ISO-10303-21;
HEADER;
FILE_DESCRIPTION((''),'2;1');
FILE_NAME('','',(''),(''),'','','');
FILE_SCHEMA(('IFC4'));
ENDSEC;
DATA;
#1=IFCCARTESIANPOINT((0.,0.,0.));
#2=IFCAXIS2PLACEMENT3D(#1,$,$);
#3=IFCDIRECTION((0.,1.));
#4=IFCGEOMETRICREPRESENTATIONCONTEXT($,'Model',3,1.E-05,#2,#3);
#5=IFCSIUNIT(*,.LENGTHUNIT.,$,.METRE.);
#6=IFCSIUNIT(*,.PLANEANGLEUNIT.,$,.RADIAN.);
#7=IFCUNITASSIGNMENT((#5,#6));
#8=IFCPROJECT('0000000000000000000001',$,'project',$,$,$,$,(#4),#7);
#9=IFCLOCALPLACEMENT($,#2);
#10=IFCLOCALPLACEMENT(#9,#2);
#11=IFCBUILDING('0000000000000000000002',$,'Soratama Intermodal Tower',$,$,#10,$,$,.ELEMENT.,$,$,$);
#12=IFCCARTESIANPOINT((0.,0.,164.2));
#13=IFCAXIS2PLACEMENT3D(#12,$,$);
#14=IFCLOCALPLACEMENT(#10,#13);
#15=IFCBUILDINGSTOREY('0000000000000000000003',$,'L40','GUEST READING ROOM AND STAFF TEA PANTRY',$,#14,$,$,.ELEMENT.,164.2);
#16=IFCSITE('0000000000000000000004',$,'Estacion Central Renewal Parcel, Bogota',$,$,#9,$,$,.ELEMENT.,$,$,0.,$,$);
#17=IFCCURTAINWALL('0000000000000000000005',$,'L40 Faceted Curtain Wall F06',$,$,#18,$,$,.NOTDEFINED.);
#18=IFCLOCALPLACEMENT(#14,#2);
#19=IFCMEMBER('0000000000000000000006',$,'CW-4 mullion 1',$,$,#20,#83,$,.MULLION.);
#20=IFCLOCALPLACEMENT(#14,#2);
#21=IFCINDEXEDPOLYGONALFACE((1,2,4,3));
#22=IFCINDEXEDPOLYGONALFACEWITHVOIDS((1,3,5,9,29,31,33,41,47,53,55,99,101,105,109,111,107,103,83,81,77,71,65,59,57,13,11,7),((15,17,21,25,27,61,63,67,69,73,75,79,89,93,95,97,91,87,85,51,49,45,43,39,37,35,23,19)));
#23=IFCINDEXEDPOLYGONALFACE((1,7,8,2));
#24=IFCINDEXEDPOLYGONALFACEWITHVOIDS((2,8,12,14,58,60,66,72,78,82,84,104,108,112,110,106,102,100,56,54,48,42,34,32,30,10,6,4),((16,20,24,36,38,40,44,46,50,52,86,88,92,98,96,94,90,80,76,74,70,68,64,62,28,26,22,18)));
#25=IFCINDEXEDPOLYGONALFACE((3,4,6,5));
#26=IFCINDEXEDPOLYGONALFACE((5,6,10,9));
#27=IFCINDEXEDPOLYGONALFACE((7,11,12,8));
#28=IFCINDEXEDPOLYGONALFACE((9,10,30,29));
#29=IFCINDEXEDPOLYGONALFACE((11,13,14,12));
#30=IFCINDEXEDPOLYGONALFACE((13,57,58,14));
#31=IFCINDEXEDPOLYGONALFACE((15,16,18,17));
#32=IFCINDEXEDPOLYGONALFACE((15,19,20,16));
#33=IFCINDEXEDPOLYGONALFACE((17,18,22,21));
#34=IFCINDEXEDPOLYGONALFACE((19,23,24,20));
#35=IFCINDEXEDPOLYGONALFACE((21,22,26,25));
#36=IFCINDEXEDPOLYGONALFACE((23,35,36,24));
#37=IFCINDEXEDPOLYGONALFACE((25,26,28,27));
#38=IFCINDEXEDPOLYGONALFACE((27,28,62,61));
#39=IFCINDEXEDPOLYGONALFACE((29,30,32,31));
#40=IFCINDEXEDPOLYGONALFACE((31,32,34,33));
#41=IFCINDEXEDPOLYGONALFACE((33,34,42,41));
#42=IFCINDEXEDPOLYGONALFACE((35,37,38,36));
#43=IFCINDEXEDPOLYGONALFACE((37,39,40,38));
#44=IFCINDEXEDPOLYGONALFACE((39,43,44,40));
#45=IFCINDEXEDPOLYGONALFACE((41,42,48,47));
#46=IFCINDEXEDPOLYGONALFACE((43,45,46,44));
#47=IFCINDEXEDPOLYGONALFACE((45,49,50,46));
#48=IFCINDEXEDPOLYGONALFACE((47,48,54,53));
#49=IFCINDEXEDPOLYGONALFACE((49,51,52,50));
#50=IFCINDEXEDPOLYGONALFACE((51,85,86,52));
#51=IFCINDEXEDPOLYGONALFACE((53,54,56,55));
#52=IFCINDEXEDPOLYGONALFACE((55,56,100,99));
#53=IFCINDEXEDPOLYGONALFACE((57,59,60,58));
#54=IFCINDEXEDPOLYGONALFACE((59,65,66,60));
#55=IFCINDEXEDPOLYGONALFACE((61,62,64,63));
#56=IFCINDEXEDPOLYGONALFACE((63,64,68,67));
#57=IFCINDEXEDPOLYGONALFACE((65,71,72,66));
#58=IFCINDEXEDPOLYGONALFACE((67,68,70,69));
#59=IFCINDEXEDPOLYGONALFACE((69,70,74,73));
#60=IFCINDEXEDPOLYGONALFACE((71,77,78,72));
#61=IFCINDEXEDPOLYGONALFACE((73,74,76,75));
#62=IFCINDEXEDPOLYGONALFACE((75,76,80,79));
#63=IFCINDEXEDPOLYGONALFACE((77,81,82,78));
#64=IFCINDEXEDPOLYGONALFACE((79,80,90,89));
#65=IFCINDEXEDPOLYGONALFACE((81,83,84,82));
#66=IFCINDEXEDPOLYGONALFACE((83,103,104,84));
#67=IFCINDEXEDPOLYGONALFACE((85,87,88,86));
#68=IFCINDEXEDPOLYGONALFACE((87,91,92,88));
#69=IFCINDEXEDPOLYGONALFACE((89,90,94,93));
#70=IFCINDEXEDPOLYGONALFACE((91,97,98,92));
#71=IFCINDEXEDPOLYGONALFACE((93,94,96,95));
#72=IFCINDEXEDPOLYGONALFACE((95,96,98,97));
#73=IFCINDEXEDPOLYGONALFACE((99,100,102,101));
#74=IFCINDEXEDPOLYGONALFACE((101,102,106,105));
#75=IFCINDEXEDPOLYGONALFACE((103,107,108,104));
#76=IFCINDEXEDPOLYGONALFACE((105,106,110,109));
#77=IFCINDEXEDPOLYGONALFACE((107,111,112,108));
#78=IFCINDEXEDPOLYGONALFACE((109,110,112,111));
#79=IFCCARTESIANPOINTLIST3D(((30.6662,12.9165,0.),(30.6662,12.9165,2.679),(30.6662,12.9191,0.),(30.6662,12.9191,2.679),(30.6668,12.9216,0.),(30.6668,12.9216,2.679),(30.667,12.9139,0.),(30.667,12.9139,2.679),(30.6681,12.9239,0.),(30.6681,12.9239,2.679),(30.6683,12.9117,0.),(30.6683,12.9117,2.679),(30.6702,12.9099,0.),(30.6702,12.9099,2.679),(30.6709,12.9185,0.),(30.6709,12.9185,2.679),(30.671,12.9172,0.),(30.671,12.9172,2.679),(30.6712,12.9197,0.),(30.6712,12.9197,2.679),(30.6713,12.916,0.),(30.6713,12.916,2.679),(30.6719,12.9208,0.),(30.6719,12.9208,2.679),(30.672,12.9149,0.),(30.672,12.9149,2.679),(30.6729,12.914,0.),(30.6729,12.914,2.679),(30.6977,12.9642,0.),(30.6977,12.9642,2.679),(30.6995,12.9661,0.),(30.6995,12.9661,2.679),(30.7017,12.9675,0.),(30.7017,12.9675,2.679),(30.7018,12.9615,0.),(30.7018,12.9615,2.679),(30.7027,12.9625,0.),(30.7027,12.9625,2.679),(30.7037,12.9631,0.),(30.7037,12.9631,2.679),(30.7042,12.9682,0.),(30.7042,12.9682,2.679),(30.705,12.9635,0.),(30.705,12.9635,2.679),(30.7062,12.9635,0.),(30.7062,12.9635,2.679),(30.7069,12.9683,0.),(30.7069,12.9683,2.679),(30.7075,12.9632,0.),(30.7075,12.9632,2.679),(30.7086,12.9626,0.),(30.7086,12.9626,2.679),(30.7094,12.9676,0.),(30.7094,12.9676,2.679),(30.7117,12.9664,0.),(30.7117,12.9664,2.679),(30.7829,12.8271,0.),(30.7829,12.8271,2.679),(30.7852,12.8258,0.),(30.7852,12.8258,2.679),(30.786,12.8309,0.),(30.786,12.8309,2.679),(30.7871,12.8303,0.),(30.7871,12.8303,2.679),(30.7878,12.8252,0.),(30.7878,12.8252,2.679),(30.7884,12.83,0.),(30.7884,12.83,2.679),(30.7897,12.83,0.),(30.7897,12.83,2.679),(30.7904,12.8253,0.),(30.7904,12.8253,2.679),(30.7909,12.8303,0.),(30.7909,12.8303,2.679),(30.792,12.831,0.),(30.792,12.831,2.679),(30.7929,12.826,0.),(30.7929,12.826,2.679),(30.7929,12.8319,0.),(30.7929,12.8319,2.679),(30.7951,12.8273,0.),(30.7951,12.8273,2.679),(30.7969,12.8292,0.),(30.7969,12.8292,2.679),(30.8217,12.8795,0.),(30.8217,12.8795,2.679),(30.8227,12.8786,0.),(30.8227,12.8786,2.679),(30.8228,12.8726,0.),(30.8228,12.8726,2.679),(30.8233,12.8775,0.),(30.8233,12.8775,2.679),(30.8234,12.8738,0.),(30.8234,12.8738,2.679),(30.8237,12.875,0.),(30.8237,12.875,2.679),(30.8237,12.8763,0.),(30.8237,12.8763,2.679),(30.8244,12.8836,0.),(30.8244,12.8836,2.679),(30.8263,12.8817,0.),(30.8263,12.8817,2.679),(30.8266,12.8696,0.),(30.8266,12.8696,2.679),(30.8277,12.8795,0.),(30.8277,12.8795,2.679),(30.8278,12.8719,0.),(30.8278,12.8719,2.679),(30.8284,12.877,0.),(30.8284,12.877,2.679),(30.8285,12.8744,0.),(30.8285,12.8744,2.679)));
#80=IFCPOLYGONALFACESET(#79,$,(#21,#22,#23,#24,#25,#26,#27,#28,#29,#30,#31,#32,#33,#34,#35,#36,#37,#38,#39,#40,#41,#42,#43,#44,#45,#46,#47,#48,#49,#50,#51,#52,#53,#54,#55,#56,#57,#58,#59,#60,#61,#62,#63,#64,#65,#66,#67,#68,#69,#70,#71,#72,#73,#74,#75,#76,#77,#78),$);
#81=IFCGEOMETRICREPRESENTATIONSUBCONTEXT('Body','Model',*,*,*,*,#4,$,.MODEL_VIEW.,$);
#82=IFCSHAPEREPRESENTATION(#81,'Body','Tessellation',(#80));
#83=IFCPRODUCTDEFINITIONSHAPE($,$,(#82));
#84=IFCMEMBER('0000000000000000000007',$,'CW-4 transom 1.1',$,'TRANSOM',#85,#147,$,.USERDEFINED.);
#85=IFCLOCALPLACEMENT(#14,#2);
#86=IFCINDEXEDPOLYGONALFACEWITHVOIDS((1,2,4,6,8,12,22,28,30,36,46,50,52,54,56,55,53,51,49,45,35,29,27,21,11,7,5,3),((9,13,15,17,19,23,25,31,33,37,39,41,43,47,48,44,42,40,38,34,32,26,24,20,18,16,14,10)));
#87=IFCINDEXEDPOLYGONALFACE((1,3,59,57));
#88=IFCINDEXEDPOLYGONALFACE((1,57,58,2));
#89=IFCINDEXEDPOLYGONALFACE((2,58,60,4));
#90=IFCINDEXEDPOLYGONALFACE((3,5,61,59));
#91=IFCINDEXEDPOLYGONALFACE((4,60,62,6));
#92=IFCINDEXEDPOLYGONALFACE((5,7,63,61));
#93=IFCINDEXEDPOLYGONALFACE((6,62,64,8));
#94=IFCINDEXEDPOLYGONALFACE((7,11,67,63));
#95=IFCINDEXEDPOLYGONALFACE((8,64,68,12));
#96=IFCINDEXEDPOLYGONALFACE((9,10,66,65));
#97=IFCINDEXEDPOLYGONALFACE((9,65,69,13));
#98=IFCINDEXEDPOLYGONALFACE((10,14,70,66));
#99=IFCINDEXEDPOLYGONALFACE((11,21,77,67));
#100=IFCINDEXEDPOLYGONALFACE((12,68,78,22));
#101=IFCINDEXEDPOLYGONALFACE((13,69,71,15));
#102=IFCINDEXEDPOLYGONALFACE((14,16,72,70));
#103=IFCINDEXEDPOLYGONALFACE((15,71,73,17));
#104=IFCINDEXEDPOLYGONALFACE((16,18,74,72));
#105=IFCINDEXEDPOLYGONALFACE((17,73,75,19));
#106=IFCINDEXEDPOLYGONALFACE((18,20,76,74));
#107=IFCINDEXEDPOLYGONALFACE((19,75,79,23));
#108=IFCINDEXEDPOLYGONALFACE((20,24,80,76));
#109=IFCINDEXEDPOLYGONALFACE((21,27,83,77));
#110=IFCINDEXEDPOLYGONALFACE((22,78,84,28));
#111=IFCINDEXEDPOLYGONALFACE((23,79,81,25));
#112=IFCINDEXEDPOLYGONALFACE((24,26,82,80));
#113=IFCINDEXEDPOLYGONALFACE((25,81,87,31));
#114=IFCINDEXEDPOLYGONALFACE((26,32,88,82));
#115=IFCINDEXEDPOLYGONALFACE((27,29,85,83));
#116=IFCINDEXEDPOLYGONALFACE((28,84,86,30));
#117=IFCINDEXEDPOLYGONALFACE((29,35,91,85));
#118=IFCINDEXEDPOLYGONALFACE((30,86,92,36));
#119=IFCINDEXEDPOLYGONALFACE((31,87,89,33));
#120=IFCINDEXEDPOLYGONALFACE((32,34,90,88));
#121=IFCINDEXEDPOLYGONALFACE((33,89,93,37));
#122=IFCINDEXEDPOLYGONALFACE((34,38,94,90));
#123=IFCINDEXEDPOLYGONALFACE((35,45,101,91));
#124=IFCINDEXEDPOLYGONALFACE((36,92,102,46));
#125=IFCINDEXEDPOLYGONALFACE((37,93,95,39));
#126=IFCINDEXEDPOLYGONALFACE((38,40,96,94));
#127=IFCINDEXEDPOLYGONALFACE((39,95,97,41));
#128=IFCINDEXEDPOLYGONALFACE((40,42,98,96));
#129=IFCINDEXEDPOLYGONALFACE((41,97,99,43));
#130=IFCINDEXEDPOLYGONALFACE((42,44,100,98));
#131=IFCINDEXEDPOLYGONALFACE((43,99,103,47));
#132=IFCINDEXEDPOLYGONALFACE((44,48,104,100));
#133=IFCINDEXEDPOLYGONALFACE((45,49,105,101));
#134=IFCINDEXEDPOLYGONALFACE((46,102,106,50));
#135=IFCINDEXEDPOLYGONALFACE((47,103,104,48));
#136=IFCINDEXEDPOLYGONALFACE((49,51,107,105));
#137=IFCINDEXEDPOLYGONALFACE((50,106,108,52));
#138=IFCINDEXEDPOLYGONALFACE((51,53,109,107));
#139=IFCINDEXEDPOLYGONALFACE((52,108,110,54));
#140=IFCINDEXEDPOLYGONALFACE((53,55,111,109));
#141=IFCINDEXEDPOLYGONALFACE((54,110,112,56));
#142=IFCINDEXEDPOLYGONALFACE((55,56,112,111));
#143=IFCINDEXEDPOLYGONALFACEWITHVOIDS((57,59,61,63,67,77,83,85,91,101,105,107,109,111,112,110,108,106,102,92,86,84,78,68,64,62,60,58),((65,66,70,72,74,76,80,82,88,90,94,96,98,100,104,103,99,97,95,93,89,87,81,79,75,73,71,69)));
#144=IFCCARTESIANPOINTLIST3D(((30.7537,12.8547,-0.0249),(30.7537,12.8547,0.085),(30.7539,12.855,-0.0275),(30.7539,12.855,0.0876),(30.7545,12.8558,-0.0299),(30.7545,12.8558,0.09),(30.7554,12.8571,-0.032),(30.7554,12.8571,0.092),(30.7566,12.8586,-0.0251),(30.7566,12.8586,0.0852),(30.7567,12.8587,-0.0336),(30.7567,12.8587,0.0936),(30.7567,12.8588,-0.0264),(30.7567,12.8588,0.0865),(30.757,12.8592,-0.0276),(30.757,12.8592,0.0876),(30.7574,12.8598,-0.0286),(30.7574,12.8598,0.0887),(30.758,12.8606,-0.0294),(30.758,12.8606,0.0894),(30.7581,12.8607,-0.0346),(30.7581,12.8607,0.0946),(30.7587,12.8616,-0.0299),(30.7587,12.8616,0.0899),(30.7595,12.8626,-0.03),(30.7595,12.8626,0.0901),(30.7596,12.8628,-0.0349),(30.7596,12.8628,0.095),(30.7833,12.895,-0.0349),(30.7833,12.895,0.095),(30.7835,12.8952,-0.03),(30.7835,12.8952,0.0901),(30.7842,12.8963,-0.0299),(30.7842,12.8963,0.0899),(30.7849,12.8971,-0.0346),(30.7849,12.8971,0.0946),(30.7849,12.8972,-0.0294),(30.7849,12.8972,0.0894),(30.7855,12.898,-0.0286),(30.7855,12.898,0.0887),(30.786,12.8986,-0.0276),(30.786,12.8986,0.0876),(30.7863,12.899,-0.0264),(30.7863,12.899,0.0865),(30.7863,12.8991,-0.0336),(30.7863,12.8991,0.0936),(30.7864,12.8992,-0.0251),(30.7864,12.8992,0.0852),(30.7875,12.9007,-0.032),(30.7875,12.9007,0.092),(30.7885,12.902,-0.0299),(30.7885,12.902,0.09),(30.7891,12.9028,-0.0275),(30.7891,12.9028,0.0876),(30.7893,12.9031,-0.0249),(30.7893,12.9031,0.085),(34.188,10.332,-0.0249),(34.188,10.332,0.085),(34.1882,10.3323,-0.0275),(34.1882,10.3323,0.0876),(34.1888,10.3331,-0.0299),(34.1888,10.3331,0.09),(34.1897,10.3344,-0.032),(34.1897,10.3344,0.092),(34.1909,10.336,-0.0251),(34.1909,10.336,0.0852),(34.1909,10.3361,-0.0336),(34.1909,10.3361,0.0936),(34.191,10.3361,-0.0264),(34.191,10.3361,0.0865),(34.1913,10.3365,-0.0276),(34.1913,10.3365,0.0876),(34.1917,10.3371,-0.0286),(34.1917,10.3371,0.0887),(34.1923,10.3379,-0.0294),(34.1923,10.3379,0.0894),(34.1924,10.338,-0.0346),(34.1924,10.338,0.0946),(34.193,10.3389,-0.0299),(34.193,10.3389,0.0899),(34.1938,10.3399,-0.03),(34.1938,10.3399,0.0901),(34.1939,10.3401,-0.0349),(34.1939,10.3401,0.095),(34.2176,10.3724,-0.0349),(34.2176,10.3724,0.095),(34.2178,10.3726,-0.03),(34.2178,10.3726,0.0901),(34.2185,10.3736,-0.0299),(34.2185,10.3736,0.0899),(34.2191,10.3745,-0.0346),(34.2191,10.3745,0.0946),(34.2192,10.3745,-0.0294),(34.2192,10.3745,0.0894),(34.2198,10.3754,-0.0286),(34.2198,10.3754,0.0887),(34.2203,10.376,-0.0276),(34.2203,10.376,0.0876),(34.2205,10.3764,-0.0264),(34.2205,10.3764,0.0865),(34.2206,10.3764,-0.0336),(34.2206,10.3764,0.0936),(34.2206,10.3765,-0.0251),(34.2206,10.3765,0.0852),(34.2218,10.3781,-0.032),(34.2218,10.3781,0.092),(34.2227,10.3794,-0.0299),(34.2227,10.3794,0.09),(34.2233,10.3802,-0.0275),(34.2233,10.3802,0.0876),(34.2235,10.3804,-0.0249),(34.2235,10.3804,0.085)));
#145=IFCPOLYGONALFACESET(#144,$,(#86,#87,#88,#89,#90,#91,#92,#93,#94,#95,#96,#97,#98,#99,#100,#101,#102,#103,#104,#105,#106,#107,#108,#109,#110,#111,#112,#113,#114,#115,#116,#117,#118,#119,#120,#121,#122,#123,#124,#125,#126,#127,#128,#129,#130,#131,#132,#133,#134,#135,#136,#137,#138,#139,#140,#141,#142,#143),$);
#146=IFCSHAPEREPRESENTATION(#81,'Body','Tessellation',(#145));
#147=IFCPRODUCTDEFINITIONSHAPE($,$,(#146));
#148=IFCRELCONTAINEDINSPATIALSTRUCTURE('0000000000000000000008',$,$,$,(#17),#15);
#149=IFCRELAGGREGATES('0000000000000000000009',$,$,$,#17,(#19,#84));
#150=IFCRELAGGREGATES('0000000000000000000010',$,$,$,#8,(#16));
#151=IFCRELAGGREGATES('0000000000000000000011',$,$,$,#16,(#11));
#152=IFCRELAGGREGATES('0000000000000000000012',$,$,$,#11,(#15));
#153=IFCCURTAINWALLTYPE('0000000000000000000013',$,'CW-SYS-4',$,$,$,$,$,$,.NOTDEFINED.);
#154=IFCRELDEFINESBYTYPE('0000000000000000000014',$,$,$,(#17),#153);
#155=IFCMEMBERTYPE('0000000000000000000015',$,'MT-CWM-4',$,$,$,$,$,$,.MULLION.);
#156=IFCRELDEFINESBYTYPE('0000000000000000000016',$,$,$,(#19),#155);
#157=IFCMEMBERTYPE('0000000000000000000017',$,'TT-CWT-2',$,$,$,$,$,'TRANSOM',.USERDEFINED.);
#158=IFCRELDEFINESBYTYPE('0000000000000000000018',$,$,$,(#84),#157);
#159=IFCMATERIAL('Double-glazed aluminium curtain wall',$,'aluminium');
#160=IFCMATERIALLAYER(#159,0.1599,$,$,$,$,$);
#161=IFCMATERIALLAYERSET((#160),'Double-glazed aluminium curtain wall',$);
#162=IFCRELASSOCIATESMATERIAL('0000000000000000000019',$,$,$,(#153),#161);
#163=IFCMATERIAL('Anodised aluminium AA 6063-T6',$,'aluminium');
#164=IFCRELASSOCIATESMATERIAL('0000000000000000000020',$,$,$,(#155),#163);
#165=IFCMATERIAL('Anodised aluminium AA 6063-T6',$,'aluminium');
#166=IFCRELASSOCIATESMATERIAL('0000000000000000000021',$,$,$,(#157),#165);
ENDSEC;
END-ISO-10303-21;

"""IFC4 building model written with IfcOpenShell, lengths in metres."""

from ifc_helpers import new_model, si_unit, direction, frame, origin, origin_2d, place, context, subcontext, project, spatial, hollow_rectangle, extrude, material, layer, layer_set, material_profile, profile_set, type_object, element, aggregate, save


model = new_model("IFC4")

# Units and contexts
model_context = context("Model", 3, precision=1e-05, world=origin(), true_north=direction((0.0, 1.0)))
body_context = subcontext(model_context, "Body", "Model", "MODEL_VIEW")
ifc_project = project(units=[si_unit("LENGTHUNIT", "METRE"), si_unit("PLANEANGLEUNIT", "RADIAN")], contexts=[model_context])

# Site, building, storey
site_placement = place(None, origin())
site = spatial("IfcSite", under=ifc_project, at=site_placement, Name="Estacion Central Renewal Parcel, Bogota", CompositionType="ELEMENT", RefElevation=0.0)
building_placement = place(site_placement, origin())
building = spatial("IfcBuilding", under=site, at=building_placement, Name="Soratama Intermodal Tower", CompositionType="ELEMENT")
storey_placement = place(building_placement, frame((0.0, 0.0, 164.2)))
storey = spatial("IfcBuildingStorey", under=building, at=storey_placement, Name="L40", Description="GUEST READING ROOM AND STAFF TEA PANTRY", CompositionType="ELEMENT", Elevation=164.2)

# Curtain wall, members
ifc_material_1 = material(Name="Double-glazed aluminium curtain wall", Category="aluminium")
ifc_layer_1 = layer(ifc_material_1, 0.1599)
ifc_layer_set_1 = layer_set([ifc_layer_1], Name="Double-glazed aluminium curtain wall")
curtain_wall_type = type_object("IfcCurtainWallType", Name="CW-SYS-4", PredefinedType="NOTDEFINED", material=ifc_layer_set_1)
curtain_wall_placement = place(storey_placement, origin())
curtain_wall = element("IfcCurtainWall", 1, at=curtain_wall_placement, inside=storey, type_object=curtain_wall_type, Name="L40 Faceted Curtain Wall F06", PredefinedType="NOTDEFINED")
ifc_material_2 = material(Name="Anodised aluminium AA 6063-T6", Category="aluminium")
ifc_material_profile_1 = material_profile(ifc_material_2, hollow_rectangle(XDim=0.0701, YDim=0.1599, WallThickness=0.0049, InnerFilletRadius=0.0049, OuterFilletRadius=0.01, at=origin_2d()), Name="CWM160X70X5")
ifc_profile_set_1 = profile_set([ifc_material_profile_1], Name="Anodised aluminium AA 6063-T6")
member_type_1 = type_object("IfcMemberType", Name="MT-CWM-4", PredefinedType="MULLION", material=ifc_profile_set_1)
member_1_placement = place(storey_placement, frame((30.7473, 12.8967, 0.0), z_axis=(0.0, 0.0, 1.0), x_axis=(0.592015, 0.805927, 0.0)))
member_1 = element("IfcMember", 2, at=member_1_placement, type_object=member_type_1, Name="CW-4 mullion 1", PredefinedType="MULLION", context=body_context, shape_type="SweptSolid", body=[
    extrude(hollow_rectangle(XDim=0.0701, YDim=0.1599, WallThickness=0.0049, InnerFilletRadius=0.0049, OuterFilletRadius=0.01, at=origin_2d()), origin(), (0.0, 0.0, 1.0), 2.679),
])
ifc_material_3 = material(Name="Anodised aluminium AA 6063-T6", Category="aluminium")
ifc_material_profile_2 = material_profile(ifc_material_3, hollow_rectangle(XDim=0.0601, YDim=0.1299, WallThickness=0.0049, InnerFilletRadius=0.0049, OuterFilletRadius=0.01, at=origin_2d()), Name="CWT130X60X5")
ifc_profile_set_2 = profile_set([ifc_material_profile_2], Name="Anodised aluminium AA 6063-T6")
member_type_2 = type_object("IfcMemberType", Name="TT-CWT-2", ElementType="TRANSOM", PredefinedType="USERDEFINED", material=ifc_profile_set_2)
member_2_placement = place(storey_placement, frame((30.7715, 12.8789, 0.03), z_axis=(0.805935, -0.592004, 0.0), x_axis=(0.592004, 0.805935, 0.0)))
member_2 = element("IfcMember", 3, at=member_2_placement, type_object=member_type_2, Name="CW-4 transom 1.1", ObjectType="TRANSOM", PredefinedType="USERDEFINED", context=body_context, shape_type="SweptSolid", body=[
    extrude(hollow_rectangle(XDim=0.0601, YDim=0.1299, WallThickness=0.0049, InnerFilletRadius=0.0049, OuterFilletRadius=0.01, at=origin_2d()), origin(), (0.0, 0.0, 1.0), 4.2612),
])
aggregate(curtain_wall, [member_1, member_2])

save(model, "model.ifc")
